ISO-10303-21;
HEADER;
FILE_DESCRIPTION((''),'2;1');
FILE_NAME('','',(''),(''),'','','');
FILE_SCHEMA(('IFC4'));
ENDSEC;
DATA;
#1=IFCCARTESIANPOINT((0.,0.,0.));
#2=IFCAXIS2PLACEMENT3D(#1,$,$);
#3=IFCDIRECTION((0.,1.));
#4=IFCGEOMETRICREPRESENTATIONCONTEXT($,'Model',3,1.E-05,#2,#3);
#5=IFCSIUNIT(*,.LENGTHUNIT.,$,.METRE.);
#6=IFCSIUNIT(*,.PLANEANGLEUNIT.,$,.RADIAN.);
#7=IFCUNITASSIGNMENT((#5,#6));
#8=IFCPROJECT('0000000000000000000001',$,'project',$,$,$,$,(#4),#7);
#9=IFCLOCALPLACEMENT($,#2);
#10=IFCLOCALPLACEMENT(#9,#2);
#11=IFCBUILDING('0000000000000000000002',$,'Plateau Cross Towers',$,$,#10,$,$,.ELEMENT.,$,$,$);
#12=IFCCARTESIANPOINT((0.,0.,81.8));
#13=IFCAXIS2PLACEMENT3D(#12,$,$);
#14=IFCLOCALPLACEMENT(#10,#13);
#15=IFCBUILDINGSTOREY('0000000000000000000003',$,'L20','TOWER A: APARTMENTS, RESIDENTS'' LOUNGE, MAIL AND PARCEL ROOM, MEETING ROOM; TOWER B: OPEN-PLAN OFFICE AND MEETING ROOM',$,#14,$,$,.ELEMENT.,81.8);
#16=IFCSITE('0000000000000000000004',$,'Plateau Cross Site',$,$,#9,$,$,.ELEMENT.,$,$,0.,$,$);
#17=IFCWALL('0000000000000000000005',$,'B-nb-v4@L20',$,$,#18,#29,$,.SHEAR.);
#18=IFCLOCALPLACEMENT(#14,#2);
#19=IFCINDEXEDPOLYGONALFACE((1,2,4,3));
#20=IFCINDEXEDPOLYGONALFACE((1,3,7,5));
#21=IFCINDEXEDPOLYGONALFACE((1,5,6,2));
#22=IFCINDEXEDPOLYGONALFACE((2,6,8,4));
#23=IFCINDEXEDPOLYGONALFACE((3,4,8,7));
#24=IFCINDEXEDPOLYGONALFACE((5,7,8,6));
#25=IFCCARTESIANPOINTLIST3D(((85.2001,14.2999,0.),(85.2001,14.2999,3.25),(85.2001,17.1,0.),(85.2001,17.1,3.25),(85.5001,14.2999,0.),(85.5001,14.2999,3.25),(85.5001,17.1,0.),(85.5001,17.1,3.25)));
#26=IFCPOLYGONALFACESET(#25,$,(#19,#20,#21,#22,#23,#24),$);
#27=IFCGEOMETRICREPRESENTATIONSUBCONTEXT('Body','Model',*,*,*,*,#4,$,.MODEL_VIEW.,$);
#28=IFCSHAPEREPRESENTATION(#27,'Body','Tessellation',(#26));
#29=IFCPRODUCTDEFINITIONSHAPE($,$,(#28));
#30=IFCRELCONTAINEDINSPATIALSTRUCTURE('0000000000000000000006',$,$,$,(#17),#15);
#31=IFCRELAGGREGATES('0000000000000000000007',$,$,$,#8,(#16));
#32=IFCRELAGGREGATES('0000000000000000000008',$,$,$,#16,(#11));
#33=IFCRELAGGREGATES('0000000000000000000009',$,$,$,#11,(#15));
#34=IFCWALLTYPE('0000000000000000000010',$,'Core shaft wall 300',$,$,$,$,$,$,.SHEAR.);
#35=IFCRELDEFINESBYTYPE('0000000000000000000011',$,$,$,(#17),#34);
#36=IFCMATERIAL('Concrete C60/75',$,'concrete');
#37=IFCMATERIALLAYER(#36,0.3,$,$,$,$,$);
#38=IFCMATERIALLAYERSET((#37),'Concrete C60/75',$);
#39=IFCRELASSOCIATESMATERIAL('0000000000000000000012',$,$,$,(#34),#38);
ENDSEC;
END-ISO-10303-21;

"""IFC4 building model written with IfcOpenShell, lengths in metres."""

from ifc_helpers import new_model, si_unit, direction, frame, frame_2d, origin, place, context, subcontext, project, spatial, rectangle, extrude, material, layer, layer_set, type_object, element, save


model = new_model("IFC4")

# Units and contexts
model_context = context("Model", 3, precision=1e-05, world=origin(), true_north=direction((0.0, 1.0)))
body_context = subcontext(model_context, "Body", "Model", "MODEL_VIEW")
ifc_project = project(units=[si_unit("LENGTHUNIT", "METRE"), si_unit("PLANEANGLEUNIT", "RADIAN")], contexts=[model_context])

# Site, building, storey
site_placement = place(None, origin())
site = spatial("IfcSite", under=ifc_project, at=site_placement, Name="Plateau Cross Site", CompositionType="ELEMENT", RefElevation=0.0)
building_placement = place(site_placement, origin())
building = spatial("IfcBuilding", under=site, at=building_placement, Name="Plateau Cross Towers", CompositionType="ELEMENT")
storey_placement = place(building_placement, frame((0.0, 0.0, 81.8)))
storey = spatial("IfcBuildingStorey", under=building, at=storey_placement, Name="L20", Description="TOWER A: APARTMENTS, RESIDENTS' LOUNGE, MAIL AND PARCEL ROOM, MEETING ROOM; TOWER B: OPEN-PLAN OFFICE AND MEETING ROOM", CompositionType="ELEMENT", Elevation=81.8)

# Shared definitions
ifc_material_1 = material(Name="Concrete C60/75", Category="concrete")

# Wall
ifc_layer_1 = layer(ifc_material_1, 0.3)
ifc_layer_set_1 = layer_set([ifc_layer_1], Name="Concrete C60/75")
wall_type_1 = type_object("IfcWallType", Name="Core shaft wall 300", PredefinedType="SHEAR", material=ifc_layer_set_1)
for number, where, z_axis, x_axis, name in (
    (1, (85.3501, 14.3, 0.0), (0.0, 0.0, 1.0), (0.0, 1.0, 0.0), "B-nb-v4@L20"),
):
    element("IfcWall", number, at=place(storey_placement, frame(where, z_axis=z_axis, x_axis=x_axis)), inside=storey, type_object=wall_type_1, Name=name, PredefinedType="SHEAR", context=body_context, shape_type="SweptSolid", body=[
        extrude(rectangle(XDim=2.8, YDim=0.3, at=frame_2d((1.3999, 0.0))), origin(), (0.0, 0.0, 1.0), 3.25),
    ])

save(model, "model.ifc")
